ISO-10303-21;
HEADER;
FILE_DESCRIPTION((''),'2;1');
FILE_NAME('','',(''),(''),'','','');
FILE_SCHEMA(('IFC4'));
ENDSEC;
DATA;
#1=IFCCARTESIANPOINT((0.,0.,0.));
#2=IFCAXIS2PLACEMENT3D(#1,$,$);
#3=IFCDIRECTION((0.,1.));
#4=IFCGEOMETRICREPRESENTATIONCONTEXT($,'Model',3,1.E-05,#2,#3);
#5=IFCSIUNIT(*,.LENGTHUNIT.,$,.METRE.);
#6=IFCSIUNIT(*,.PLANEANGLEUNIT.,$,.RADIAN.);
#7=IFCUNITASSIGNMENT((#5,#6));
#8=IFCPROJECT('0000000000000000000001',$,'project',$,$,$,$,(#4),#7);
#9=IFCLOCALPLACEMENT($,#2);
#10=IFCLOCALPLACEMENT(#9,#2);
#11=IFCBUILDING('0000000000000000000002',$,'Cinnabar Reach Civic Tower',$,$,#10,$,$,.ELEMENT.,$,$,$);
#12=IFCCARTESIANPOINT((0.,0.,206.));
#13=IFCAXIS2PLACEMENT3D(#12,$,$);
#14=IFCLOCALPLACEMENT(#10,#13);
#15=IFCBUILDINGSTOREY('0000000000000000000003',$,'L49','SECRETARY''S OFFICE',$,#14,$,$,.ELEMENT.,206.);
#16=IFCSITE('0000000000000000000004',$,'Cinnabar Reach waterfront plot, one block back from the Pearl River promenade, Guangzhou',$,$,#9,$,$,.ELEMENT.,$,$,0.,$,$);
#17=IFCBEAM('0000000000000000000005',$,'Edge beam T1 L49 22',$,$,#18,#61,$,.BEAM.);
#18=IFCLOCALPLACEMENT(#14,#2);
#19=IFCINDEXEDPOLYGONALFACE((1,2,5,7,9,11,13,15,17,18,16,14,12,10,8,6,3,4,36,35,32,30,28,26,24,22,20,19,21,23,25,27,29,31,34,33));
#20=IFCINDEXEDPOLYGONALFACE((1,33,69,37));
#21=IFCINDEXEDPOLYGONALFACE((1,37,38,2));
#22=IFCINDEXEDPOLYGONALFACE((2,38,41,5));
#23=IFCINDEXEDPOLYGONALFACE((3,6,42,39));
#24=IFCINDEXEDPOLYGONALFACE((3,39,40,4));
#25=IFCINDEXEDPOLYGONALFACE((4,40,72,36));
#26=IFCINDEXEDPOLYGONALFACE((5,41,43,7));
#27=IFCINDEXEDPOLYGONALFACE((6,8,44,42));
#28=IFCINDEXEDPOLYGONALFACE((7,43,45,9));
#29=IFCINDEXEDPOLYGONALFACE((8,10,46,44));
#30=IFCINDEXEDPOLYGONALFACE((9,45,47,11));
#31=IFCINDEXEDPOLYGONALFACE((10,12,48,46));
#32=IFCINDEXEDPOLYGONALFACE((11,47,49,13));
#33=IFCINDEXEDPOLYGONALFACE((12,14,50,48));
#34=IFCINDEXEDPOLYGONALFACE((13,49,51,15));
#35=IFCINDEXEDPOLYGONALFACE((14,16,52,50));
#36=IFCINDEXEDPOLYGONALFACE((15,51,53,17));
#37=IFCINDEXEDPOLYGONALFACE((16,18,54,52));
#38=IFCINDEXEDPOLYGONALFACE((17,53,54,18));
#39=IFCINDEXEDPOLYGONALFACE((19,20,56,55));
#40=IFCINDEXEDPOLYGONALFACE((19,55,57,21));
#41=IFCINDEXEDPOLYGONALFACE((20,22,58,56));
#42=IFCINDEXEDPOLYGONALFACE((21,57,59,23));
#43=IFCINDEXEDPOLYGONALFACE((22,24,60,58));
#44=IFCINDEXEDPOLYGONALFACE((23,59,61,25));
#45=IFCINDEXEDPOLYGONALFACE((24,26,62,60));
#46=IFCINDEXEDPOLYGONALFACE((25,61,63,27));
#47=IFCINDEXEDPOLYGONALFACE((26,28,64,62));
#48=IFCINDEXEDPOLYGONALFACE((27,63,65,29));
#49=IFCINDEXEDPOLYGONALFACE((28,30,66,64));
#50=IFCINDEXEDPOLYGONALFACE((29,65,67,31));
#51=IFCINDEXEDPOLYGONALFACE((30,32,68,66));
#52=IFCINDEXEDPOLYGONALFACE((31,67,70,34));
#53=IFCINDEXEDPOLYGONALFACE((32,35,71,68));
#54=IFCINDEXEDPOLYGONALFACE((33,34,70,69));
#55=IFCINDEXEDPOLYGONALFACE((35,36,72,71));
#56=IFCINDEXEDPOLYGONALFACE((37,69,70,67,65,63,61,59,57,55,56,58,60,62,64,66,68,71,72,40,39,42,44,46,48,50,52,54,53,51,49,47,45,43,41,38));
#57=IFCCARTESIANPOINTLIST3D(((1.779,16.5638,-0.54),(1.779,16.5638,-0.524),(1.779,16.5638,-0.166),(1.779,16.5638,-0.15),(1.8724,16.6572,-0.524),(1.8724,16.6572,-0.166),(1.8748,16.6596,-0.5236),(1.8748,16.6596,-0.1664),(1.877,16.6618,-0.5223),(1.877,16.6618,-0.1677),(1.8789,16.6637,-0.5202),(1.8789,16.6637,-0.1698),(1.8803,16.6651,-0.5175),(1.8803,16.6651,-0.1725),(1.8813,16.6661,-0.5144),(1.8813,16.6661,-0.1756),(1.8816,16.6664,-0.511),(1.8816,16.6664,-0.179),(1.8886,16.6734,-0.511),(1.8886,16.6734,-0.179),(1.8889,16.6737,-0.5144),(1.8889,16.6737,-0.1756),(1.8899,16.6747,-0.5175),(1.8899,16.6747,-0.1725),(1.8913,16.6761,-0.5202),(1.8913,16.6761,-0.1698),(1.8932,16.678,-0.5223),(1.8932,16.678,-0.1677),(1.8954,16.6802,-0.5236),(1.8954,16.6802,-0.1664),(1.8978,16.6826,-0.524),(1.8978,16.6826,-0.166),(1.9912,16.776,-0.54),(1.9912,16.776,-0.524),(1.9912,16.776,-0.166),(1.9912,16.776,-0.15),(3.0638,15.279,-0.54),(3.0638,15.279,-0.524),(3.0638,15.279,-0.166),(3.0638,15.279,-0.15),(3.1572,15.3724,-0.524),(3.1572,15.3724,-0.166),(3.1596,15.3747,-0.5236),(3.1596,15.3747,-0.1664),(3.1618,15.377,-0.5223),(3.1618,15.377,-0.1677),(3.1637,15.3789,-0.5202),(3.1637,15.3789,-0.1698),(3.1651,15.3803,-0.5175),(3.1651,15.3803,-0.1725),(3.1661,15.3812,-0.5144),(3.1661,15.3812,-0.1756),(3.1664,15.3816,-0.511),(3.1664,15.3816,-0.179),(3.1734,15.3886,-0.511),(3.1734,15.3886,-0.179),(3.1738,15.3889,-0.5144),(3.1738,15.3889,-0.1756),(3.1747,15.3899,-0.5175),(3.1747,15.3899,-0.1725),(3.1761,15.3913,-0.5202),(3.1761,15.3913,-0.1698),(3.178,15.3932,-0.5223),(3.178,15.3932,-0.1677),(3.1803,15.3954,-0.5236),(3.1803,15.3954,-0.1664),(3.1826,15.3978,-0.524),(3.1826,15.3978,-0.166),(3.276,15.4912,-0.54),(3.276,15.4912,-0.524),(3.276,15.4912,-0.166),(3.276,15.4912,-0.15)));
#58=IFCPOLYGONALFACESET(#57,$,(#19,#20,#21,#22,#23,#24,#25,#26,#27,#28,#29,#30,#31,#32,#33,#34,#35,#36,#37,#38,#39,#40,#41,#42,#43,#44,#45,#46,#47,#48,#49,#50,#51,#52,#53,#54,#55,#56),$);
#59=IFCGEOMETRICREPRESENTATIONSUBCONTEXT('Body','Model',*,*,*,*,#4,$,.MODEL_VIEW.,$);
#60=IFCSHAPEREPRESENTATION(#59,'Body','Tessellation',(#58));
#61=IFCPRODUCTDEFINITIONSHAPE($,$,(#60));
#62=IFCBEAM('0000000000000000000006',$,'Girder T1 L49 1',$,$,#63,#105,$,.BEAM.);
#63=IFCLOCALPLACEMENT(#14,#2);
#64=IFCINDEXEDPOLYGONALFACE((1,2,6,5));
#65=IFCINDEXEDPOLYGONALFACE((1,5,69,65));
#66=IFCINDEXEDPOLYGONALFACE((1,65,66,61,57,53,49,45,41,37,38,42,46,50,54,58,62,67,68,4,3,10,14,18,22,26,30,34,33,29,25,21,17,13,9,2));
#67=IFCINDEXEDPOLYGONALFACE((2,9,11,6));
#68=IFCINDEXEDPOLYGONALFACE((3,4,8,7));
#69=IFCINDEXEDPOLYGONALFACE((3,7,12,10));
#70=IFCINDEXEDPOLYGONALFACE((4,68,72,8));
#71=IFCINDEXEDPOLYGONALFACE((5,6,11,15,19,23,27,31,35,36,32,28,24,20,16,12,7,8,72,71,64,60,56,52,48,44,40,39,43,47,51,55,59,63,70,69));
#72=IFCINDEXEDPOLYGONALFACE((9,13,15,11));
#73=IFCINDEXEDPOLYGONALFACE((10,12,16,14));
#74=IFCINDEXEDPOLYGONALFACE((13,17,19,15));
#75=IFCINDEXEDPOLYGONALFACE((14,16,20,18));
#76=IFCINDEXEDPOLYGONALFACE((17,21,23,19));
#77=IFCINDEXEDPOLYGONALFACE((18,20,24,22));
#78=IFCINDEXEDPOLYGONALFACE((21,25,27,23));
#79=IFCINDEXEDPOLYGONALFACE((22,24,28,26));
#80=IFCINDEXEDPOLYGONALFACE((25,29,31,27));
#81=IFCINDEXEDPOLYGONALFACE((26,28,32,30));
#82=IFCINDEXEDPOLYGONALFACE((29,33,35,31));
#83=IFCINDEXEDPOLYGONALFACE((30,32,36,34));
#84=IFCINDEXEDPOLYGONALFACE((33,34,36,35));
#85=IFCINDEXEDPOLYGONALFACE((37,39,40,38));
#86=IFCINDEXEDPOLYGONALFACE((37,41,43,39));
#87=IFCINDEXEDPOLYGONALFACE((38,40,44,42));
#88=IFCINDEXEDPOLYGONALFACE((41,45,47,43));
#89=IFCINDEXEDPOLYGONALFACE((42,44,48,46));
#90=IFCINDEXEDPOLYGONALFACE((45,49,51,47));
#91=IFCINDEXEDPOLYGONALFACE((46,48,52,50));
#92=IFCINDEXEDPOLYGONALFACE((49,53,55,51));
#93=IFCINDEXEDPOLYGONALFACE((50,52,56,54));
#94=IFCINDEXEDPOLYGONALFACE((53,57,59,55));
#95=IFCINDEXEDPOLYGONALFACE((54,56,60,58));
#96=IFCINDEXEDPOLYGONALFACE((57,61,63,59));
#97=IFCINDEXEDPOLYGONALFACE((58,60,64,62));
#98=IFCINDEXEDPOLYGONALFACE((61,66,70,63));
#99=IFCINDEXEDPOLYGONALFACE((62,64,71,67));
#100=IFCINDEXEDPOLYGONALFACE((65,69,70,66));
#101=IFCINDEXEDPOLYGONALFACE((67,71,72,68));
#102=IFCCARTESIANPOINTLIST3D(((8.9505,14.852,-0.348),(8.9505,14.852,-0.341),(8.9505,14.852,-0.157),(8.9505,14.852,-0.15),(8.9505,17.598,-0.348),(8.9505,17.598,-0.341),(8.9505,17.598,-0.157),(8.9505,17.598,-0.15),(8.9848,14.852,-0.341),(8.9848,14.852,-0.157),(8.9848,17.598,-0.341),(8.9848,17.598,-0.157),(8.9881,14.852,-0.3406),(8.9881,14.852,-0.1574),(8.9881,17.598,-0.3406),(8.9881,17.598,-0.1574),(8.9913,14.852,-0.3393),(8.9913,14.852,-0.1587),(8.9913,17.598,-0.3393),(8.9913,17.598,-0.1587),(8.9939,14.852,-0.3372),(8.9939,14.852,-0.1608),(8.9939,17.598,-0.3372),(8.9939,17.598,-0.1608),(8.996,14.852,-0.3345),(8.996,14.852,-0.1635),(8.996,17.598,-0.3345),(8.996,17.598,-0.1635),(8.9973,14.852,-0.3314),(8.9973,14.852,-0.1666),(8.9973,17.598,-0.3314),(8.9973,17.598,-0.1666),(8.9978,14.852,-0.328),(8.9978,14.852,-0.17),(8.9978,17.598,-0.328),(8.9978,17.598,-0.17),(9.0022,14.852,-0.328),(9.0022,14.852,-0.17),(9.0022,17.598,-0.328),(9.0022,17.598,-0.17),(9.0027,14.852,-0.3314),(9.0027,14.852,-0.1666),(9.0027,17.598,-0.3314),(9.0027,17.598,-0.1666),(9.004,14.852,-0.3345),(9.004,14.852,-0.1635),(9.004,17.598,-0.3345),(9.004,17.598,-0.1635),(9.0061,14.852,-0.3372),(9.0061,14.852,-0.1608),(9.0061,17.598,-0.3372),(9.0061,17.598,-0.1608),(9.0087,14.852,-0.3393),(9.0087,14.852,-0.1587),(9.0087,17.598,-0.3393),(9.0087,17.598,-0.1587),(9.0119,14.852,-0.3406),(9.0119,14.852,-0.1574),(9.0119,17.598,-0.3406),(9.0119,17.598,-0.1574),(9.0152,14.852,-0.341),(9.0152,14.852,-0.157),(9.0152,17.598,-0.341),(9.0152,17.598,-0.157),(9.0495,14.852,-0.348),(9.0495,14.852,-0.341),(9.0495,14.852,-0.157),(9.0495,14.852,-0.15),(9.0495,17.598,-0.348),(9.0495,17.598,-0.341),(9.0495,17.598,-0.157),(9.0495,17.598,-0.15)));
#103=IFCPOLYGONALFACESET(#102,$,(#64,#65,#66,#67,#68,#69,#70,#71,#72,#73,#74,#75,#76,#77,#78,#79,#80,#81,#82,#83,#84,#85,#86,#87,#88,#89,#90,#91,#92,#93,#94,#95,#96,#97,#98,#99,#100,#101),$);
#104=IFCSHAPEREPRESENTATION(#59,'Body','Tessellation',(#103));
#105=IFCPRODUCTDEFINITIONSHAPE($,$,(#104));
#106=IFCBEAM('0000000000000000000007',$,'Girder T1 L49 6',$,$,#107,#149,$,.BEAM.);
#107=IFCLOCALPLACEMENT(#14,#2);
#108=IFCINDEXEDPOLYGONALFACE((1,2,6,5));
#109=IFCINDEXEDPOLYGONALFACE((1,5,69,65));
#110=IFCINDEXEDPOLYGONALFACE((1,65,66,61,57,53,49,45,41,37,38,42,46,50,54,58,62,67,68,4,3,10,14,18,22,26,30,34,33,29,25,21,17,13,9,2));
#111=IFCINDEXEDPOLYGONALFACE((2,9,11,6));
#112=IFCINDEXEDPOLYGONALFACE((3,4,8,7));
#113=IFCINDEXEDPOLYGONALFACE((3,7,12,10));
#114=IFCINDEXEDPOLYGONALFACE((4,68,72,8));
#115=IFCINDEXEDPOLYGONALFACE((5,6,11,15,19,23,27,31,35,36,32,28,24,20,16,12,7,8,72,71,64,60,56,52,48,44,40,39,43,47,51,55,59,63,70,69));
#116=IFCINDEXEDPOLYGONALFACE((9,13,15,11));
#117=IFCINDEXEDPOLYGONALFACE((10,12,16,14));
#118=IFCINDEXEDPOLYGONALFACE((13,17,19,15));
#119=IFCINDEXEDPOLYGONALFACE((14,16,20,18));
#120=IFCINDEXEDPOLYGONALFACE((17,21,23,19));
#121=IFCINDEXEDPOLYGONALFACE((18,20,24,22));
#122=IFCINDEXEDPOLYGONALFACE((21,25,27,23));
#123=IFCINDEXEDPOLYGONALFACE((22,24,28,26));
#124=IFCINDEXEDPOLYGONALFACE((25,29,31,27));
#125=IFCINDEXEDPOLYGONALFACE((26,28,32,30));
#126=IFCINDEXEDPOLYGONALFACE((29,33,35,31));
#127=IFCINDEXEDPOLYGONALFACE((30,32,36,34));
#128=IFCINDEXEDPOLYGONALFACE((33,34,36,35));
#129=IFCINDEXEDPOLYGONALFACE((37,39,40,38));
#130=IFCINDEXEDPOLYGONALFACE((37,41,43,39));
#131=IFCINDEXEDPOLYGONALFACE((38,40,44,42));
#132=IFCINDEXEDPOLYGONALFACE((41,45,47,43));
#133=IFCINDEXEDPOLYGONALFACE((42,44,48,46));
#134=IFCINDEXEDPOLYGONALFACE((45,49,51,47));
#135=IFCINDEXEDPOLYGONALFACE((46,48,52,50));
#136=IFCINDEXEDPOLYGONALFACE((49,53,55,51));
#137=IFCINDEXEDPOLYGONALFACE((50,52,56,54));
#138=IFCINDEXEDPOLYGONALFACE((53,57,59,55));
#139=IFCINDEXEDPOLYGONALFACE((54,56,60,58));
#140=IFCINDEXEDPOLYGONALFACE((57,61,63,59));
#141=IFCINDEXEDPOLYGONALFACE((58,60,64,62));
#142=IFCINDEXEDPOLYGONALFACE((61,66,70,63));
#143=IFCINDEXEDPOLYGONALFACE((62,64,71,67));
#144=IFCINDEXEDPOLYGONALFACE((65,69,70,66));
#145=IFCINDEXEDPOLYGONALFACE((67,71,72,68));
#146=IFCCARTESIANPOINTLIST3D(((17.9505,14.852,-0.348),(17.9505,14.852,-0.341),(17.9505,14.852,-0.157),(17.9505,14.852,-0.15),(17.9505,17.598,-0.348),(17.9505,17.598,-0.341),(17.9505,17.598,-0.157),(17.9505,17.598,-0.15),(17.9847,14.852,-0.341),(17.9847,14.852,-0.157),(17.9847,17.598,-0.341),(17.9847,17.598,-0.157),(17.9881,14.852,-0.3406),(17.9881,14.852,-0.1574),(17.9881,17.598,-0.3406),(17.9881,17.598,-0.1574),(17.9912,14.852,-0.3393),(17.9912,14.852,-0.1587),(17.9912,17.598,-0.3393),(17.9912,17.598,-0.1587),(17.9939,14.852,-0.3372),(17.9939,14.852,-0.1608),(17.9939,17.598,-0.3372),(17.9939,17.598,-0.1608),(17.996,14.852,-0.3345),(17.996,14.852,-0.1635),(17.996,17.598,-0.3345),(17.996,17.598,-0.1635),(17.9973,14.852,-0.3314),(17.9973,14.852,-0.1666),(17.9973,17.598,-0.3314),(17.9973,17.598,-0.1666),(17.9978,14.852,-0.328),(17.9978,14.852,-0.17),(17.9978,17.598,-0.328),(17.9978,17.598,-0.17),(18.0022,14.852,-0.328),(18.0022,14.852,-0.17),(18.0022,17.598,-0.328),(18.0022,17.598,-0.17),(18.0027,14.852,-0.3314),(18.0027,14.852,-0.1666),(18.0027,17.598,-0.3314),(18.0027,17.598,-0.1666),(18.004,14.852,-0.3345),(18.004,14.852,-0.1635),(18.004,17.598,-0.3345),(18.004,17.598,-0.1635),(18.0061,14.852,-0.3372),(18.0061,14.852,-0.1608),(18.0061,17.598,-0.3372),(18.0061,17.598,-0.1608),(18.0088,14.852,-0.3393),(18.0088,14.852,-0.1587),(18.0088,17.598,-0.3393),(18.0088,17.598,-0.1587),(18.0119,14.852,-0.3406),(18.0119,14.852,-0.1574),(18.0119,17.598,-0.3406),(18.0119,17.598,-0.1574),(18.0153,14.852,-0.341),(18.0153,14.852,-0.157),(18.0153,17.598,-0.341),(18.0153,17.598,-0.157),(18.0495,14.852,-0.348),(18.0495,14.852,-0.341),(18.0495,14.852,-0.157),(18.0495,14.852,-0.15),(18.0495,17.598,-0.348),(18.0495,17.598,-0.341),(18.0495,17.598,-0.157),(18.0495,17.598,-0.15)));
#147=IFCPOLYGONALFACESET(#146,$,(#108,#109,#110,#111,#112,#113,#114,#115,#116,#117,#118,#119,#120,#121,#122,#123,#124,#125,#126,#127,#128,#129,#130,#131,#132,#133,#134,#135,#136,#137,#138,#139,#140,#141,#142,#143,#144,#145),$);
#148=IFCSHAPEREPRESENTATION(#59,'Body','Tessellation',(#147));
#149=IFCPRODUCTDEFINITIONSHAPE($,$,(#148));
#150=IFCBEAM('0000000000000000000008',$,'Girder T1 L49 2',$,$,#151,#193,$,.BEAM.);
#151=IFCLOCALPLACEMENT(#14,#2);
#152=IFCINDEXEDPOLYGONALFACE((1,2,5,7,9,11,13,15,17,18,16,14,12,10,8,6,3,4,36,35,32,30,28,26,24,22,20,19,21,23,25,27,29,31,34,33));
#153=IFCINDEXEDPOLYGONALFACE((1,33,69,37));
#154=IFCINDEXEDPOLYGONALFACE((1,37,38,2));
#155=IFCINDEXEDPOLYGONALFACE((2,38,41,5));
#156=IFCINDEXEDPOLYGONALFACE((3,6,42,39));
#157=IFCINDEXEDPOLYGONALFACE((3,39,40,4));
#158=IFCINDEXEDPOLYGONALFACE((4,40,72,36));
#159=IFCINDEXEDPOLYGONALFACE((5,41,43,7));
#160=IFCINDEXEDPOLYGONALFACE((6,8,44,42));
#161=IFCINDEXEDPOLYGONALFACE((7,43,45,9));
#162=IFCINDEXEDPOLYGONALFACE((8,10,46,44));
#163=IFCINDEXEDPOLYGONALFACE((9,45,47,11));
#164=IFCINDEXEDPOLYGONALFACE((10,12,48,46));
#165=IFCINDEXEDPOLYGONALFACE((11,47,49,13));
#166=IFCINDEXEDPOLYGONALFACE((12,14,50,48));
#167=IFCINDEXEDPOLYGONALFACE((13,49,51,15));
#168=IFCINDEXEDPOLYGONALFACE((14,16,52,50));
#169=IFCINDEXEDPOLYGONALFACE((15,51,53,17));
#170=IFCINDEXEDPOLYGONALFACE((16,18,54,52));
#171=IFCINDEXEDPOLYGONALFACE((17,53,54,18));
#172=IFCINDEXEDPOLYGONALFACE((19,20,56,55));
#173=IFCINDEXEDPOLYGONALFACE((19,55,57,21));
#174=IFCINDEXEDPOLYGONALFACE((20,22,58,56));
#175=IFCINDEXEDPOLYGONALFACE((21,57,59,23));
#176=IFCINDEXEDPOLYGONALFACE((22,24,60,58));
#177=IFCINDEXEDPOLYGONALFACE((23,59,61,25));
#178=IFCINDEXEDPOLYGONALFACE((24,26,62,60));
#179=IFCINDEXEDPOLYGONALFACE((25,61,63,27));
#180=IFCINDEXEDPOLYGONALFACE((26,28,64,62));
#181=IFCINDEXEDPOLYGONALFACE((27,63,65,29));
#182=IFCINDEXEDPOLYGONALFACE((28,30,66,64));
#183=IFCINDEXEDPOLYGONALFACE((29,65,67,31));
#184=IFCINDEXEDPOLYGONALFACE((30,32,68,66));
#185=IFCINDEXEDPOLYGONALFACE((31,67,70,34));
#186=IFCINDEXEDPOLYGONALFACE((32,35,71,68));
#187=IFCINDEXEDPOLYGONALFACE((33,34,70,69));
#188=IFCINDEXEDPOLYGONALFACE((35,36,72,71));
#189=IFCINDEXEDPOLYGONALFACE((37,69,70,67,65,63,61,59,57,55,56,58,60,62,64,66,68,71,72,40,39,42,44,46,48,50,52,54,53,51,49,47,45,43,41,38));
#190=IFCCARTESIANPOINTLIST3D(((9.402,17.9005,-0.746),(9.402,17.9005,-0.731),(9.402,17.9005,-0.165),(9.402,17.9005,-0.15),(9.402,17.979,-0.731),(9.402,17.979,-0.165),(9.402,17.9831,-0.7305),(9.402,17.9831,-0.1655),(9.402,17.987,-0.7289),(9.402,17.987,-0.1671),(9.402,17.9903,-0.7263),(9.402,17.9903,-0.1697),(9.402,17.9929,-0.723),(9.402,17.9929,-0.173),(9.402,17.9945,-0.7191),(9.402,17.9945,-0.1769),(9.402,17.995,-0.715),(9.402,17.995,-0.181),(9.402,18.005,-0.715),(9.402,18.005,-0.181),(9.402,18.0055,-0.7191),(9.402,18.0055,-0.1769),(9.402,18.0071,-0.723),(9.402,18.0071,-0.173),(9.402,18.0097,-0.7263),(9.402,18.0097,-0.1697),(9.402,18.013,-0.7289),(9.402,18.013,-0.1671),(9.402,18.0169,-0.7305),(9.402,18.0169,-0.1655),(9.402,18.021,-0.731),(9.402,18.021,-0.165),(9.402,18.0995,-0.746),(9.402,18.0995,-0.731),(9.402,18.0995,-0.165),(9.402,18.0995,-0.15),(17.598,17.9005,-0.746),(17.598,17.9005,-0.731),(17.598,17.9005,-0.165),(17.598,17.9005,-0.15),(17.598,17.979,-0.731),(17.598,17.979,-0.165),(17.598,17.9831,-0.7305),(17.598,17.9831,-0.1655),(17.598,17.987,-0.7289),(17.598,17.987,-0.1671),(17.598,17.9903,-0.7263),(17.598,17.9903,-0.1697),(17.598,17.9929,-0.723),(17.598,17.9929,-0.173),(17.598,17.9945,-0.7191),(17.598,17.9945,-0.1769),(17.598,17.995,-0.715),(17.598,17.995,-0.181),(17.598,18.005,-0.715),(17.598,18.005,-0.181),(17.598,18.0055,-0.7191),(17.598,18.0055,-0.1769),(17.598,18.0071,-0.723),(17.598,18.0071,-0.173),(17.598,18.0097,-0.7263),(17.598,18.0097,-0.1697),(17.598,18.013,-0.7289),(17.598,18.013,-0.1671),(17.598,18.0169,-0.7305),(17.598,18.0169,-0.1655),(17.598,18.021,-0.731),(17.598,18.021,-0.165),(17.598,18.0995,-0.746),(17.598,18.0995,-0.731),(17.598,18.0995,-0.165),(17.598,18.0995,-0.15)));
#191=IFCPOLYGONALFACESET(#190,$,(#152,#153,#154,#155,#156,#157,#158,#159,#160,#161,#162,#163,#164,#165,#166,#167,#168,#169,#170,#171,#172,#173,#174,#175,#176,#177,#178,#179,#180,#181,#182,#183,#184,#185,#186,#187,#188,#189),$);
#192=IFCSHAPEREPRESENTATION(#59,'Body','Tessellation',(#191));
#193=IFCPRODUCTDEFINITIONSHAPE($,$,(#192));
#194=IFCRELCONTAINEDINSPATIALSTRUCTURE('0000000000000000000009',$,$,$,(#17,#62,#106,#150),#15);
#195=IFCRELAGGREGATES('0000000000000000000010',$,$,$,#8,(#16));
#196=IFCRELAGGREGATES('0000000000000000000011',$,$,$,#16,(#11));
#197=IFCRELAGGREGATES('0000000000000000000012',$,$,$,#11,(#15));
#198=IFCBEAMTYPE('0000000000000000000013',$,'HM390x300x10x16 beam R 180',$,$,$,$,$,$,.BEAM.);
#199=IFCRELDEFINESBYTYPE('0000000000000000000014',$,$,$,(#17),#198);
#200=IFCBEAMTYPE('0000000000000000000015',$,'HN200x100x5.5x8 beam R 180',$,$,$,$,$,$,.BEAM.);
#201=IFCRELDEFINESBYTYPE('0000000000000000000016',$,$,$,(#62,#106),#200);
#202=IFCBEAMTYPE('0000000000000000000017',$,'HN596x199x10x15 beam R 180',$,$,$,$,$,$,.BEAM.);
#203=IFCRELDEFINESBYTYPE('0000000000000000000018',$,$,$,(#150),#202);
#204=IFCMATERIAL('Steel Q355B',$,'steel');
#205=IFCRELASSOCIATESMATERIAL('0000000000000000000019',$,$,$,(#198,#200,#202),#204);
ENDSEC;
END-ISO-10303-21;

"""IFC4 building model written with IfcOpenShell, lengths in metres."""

from ifc_helpers import new_model, si_unit, direction, frame, origin, origin_2d, place, context, subcontext, project, spatial, i_section, extrude, material, material_profile, profile_set, type_object, element, save


model = new_model("IFC4")

# Units and contexts
model_context = context("Model", 3, precision=1e-05, world=origin(), true_north=direction((0.0, 1.0)))
body_context = subcontext(model_context, "Body", "Model", "MODEL_VIEW")
ifc_project = project(units=[si_unit("LENGTHUNIT", "METRE"), si_unit("PLANEANGLEUNIT", "RADIAN")], contexts=[model_context])

# Site, building, storey
site_placement = place(None, origin())
site = spatial("IfcSite", under=ifc_project, at=site_placement, Name="Cinnabar Reach waterfront plot, one block back from the Pearl River promenade, Guangzhou", CompositionType="ELEMENT", RefElevation=0.0)
building_placement = place(site_placement, origin())
building = spatial("IfcBuilding", under=site, at=building_placement, Name="Cinnabar Reach Civic Tower", CompositionType="ELEMENT")
storey_placement = place(building_placement, frame((0.0, 0.0, 206.0)))
storey = spatial("IfcBuildingStorey", under=building, at=storey_placement, Name="L49", Description="SECRETARY'S OFFICE", CompositionType="ELEMENT", Elevation=206.0)

# Beams
ifc_material_1 = material(Name="Steel Q355B", Category="steel")
ifc_material_profile_1 = material_profile(ifc_material_1, i_section(OverallWidth=0.3, OverallDepth=0.39, WebThickness=0.01, FlangeThickness=0.016, FilletRadius=0.013, at=origin_2d()), Name="HM390x300x10x16")
ifc_profile_set_1 = profile_set([ifc_material_profile_1], Name="Steel Q355B")
beam_type_1 = type_object("IfcBeamType", Name="HM390x300x10x16 beam R 180", PredefinedType="BEAM", material=ifc_profile_set_1)
beam_1_placement = place(storey_placement, frame((1.8851, 16.6699, -0.345), z_axis=(0.707107, -0.707107, 0.0), x_axis=(0.707107, 0.707107, 0.0)))
element("IfcBeam", 1, at=beam_1_placement, inside=storey, type_object=beam_type_1, Name="Edge beam T1 L49 22", PredefinedType="BEAM", context=body_context, shape_type="SweptSolid", body=[
    extrude(i_section(OverallWidth=0.3, OverallDepth=0.39, WebThickness=0.01, FlangeThickness=0.016, FilletRadius=0.013, at=origin_2d()), origin(), (0.0, 0.0, 1.0), 1.817),
])
ifc_material_profile_2 = material_profile(ifc_material_1, i_section(OverallWidth=0.099, OverallDepth=0.198, WebThickness=0.0045, FlangeThickness=0.007, FilletRadius=0.013, at=origin_2d()), Name="HN200x100x5.5x8")
ifc_profile_set_2 = profile_set([ifc_material_profile_2], Name="Steel Q355B")
beam_type_2 = type_object("IfcBeamType", Name="HN200x100x5.5x8 beam R 180", PredefinedType="BEAM", material=ifc_profile_set_2)
for number, where, z_axis, x_axis, name in (
    (2, (9.0, 14.852, -0.249), (0.0, 1.0, 0.0), (-1.0, 0.0, 0.0), "Girder T1 L49 1"),
    (3, (18.0, 14.852, -0.249), (0.0, 1.0, 0.0), (-1.0, 0.0, 0.0), "Girder T1 L49 6"),
):
    element("IfcBeam", number, at=place(storey_placement, frame(where, z_axis=z_axis, x_axis=x_axis)), inside=storey, type_object=beam_type_2, Name=name, PredefinedType="BEAM", context=body_context, shape_type="SweptSolid", body=[
        extrude(i_section(OverallWidth=0.099, OverallDepth=0.198, WebThickness=0.0045, FlangeThickness=0.007, FilletRadius=0.013, at=origin_2d()), origin(), (0.0, 0.0, 1.0), 2.746),
    ])
ifc_material_profile_3 = material_profile(ifc_material_1, i_section(OverallWidth=0.199, OverallDepth=0.596, WebThickness=0.01, FlangeThickness=0.015, FilletRadius=0.016, at=origin_2d()), Name="HN596x199x10x15")
ifc_profile_set_3 = profile_set([ifc_material_profile_3], Name="Steel Q355B")
beam_type_3 = type_object("IfcBeamType", Name="HN596x199x10x15 beam R 180", PredefinedType="BEAM", material=ifc_profile_set_3)
beam_2_placement = place(storey_placement, frame((9.402, 18.0, -0.448), z_axis=(1.0, 0.0, 0.0), x_axis=(0.0, 1.0, 0.0)))
element("IfcBeam", 4, at=beam_2_placement, inside=storey, type_object=beam_type_3, Name="Girder T1 L49 2", PredefinedType="BEAM", context=body_context, shape_type="SweptSolid", body=[
    extrude(i_section(OverallWidth=0.199, OverallDepth=0.596, WebThickness=0.01, FlangeThickness=0.015, FilletRadius=0.016, at=origin_2d()), origin(), (0.0, 0.0, 1.0), 8.196),
])

save(model, "model.ifc")
